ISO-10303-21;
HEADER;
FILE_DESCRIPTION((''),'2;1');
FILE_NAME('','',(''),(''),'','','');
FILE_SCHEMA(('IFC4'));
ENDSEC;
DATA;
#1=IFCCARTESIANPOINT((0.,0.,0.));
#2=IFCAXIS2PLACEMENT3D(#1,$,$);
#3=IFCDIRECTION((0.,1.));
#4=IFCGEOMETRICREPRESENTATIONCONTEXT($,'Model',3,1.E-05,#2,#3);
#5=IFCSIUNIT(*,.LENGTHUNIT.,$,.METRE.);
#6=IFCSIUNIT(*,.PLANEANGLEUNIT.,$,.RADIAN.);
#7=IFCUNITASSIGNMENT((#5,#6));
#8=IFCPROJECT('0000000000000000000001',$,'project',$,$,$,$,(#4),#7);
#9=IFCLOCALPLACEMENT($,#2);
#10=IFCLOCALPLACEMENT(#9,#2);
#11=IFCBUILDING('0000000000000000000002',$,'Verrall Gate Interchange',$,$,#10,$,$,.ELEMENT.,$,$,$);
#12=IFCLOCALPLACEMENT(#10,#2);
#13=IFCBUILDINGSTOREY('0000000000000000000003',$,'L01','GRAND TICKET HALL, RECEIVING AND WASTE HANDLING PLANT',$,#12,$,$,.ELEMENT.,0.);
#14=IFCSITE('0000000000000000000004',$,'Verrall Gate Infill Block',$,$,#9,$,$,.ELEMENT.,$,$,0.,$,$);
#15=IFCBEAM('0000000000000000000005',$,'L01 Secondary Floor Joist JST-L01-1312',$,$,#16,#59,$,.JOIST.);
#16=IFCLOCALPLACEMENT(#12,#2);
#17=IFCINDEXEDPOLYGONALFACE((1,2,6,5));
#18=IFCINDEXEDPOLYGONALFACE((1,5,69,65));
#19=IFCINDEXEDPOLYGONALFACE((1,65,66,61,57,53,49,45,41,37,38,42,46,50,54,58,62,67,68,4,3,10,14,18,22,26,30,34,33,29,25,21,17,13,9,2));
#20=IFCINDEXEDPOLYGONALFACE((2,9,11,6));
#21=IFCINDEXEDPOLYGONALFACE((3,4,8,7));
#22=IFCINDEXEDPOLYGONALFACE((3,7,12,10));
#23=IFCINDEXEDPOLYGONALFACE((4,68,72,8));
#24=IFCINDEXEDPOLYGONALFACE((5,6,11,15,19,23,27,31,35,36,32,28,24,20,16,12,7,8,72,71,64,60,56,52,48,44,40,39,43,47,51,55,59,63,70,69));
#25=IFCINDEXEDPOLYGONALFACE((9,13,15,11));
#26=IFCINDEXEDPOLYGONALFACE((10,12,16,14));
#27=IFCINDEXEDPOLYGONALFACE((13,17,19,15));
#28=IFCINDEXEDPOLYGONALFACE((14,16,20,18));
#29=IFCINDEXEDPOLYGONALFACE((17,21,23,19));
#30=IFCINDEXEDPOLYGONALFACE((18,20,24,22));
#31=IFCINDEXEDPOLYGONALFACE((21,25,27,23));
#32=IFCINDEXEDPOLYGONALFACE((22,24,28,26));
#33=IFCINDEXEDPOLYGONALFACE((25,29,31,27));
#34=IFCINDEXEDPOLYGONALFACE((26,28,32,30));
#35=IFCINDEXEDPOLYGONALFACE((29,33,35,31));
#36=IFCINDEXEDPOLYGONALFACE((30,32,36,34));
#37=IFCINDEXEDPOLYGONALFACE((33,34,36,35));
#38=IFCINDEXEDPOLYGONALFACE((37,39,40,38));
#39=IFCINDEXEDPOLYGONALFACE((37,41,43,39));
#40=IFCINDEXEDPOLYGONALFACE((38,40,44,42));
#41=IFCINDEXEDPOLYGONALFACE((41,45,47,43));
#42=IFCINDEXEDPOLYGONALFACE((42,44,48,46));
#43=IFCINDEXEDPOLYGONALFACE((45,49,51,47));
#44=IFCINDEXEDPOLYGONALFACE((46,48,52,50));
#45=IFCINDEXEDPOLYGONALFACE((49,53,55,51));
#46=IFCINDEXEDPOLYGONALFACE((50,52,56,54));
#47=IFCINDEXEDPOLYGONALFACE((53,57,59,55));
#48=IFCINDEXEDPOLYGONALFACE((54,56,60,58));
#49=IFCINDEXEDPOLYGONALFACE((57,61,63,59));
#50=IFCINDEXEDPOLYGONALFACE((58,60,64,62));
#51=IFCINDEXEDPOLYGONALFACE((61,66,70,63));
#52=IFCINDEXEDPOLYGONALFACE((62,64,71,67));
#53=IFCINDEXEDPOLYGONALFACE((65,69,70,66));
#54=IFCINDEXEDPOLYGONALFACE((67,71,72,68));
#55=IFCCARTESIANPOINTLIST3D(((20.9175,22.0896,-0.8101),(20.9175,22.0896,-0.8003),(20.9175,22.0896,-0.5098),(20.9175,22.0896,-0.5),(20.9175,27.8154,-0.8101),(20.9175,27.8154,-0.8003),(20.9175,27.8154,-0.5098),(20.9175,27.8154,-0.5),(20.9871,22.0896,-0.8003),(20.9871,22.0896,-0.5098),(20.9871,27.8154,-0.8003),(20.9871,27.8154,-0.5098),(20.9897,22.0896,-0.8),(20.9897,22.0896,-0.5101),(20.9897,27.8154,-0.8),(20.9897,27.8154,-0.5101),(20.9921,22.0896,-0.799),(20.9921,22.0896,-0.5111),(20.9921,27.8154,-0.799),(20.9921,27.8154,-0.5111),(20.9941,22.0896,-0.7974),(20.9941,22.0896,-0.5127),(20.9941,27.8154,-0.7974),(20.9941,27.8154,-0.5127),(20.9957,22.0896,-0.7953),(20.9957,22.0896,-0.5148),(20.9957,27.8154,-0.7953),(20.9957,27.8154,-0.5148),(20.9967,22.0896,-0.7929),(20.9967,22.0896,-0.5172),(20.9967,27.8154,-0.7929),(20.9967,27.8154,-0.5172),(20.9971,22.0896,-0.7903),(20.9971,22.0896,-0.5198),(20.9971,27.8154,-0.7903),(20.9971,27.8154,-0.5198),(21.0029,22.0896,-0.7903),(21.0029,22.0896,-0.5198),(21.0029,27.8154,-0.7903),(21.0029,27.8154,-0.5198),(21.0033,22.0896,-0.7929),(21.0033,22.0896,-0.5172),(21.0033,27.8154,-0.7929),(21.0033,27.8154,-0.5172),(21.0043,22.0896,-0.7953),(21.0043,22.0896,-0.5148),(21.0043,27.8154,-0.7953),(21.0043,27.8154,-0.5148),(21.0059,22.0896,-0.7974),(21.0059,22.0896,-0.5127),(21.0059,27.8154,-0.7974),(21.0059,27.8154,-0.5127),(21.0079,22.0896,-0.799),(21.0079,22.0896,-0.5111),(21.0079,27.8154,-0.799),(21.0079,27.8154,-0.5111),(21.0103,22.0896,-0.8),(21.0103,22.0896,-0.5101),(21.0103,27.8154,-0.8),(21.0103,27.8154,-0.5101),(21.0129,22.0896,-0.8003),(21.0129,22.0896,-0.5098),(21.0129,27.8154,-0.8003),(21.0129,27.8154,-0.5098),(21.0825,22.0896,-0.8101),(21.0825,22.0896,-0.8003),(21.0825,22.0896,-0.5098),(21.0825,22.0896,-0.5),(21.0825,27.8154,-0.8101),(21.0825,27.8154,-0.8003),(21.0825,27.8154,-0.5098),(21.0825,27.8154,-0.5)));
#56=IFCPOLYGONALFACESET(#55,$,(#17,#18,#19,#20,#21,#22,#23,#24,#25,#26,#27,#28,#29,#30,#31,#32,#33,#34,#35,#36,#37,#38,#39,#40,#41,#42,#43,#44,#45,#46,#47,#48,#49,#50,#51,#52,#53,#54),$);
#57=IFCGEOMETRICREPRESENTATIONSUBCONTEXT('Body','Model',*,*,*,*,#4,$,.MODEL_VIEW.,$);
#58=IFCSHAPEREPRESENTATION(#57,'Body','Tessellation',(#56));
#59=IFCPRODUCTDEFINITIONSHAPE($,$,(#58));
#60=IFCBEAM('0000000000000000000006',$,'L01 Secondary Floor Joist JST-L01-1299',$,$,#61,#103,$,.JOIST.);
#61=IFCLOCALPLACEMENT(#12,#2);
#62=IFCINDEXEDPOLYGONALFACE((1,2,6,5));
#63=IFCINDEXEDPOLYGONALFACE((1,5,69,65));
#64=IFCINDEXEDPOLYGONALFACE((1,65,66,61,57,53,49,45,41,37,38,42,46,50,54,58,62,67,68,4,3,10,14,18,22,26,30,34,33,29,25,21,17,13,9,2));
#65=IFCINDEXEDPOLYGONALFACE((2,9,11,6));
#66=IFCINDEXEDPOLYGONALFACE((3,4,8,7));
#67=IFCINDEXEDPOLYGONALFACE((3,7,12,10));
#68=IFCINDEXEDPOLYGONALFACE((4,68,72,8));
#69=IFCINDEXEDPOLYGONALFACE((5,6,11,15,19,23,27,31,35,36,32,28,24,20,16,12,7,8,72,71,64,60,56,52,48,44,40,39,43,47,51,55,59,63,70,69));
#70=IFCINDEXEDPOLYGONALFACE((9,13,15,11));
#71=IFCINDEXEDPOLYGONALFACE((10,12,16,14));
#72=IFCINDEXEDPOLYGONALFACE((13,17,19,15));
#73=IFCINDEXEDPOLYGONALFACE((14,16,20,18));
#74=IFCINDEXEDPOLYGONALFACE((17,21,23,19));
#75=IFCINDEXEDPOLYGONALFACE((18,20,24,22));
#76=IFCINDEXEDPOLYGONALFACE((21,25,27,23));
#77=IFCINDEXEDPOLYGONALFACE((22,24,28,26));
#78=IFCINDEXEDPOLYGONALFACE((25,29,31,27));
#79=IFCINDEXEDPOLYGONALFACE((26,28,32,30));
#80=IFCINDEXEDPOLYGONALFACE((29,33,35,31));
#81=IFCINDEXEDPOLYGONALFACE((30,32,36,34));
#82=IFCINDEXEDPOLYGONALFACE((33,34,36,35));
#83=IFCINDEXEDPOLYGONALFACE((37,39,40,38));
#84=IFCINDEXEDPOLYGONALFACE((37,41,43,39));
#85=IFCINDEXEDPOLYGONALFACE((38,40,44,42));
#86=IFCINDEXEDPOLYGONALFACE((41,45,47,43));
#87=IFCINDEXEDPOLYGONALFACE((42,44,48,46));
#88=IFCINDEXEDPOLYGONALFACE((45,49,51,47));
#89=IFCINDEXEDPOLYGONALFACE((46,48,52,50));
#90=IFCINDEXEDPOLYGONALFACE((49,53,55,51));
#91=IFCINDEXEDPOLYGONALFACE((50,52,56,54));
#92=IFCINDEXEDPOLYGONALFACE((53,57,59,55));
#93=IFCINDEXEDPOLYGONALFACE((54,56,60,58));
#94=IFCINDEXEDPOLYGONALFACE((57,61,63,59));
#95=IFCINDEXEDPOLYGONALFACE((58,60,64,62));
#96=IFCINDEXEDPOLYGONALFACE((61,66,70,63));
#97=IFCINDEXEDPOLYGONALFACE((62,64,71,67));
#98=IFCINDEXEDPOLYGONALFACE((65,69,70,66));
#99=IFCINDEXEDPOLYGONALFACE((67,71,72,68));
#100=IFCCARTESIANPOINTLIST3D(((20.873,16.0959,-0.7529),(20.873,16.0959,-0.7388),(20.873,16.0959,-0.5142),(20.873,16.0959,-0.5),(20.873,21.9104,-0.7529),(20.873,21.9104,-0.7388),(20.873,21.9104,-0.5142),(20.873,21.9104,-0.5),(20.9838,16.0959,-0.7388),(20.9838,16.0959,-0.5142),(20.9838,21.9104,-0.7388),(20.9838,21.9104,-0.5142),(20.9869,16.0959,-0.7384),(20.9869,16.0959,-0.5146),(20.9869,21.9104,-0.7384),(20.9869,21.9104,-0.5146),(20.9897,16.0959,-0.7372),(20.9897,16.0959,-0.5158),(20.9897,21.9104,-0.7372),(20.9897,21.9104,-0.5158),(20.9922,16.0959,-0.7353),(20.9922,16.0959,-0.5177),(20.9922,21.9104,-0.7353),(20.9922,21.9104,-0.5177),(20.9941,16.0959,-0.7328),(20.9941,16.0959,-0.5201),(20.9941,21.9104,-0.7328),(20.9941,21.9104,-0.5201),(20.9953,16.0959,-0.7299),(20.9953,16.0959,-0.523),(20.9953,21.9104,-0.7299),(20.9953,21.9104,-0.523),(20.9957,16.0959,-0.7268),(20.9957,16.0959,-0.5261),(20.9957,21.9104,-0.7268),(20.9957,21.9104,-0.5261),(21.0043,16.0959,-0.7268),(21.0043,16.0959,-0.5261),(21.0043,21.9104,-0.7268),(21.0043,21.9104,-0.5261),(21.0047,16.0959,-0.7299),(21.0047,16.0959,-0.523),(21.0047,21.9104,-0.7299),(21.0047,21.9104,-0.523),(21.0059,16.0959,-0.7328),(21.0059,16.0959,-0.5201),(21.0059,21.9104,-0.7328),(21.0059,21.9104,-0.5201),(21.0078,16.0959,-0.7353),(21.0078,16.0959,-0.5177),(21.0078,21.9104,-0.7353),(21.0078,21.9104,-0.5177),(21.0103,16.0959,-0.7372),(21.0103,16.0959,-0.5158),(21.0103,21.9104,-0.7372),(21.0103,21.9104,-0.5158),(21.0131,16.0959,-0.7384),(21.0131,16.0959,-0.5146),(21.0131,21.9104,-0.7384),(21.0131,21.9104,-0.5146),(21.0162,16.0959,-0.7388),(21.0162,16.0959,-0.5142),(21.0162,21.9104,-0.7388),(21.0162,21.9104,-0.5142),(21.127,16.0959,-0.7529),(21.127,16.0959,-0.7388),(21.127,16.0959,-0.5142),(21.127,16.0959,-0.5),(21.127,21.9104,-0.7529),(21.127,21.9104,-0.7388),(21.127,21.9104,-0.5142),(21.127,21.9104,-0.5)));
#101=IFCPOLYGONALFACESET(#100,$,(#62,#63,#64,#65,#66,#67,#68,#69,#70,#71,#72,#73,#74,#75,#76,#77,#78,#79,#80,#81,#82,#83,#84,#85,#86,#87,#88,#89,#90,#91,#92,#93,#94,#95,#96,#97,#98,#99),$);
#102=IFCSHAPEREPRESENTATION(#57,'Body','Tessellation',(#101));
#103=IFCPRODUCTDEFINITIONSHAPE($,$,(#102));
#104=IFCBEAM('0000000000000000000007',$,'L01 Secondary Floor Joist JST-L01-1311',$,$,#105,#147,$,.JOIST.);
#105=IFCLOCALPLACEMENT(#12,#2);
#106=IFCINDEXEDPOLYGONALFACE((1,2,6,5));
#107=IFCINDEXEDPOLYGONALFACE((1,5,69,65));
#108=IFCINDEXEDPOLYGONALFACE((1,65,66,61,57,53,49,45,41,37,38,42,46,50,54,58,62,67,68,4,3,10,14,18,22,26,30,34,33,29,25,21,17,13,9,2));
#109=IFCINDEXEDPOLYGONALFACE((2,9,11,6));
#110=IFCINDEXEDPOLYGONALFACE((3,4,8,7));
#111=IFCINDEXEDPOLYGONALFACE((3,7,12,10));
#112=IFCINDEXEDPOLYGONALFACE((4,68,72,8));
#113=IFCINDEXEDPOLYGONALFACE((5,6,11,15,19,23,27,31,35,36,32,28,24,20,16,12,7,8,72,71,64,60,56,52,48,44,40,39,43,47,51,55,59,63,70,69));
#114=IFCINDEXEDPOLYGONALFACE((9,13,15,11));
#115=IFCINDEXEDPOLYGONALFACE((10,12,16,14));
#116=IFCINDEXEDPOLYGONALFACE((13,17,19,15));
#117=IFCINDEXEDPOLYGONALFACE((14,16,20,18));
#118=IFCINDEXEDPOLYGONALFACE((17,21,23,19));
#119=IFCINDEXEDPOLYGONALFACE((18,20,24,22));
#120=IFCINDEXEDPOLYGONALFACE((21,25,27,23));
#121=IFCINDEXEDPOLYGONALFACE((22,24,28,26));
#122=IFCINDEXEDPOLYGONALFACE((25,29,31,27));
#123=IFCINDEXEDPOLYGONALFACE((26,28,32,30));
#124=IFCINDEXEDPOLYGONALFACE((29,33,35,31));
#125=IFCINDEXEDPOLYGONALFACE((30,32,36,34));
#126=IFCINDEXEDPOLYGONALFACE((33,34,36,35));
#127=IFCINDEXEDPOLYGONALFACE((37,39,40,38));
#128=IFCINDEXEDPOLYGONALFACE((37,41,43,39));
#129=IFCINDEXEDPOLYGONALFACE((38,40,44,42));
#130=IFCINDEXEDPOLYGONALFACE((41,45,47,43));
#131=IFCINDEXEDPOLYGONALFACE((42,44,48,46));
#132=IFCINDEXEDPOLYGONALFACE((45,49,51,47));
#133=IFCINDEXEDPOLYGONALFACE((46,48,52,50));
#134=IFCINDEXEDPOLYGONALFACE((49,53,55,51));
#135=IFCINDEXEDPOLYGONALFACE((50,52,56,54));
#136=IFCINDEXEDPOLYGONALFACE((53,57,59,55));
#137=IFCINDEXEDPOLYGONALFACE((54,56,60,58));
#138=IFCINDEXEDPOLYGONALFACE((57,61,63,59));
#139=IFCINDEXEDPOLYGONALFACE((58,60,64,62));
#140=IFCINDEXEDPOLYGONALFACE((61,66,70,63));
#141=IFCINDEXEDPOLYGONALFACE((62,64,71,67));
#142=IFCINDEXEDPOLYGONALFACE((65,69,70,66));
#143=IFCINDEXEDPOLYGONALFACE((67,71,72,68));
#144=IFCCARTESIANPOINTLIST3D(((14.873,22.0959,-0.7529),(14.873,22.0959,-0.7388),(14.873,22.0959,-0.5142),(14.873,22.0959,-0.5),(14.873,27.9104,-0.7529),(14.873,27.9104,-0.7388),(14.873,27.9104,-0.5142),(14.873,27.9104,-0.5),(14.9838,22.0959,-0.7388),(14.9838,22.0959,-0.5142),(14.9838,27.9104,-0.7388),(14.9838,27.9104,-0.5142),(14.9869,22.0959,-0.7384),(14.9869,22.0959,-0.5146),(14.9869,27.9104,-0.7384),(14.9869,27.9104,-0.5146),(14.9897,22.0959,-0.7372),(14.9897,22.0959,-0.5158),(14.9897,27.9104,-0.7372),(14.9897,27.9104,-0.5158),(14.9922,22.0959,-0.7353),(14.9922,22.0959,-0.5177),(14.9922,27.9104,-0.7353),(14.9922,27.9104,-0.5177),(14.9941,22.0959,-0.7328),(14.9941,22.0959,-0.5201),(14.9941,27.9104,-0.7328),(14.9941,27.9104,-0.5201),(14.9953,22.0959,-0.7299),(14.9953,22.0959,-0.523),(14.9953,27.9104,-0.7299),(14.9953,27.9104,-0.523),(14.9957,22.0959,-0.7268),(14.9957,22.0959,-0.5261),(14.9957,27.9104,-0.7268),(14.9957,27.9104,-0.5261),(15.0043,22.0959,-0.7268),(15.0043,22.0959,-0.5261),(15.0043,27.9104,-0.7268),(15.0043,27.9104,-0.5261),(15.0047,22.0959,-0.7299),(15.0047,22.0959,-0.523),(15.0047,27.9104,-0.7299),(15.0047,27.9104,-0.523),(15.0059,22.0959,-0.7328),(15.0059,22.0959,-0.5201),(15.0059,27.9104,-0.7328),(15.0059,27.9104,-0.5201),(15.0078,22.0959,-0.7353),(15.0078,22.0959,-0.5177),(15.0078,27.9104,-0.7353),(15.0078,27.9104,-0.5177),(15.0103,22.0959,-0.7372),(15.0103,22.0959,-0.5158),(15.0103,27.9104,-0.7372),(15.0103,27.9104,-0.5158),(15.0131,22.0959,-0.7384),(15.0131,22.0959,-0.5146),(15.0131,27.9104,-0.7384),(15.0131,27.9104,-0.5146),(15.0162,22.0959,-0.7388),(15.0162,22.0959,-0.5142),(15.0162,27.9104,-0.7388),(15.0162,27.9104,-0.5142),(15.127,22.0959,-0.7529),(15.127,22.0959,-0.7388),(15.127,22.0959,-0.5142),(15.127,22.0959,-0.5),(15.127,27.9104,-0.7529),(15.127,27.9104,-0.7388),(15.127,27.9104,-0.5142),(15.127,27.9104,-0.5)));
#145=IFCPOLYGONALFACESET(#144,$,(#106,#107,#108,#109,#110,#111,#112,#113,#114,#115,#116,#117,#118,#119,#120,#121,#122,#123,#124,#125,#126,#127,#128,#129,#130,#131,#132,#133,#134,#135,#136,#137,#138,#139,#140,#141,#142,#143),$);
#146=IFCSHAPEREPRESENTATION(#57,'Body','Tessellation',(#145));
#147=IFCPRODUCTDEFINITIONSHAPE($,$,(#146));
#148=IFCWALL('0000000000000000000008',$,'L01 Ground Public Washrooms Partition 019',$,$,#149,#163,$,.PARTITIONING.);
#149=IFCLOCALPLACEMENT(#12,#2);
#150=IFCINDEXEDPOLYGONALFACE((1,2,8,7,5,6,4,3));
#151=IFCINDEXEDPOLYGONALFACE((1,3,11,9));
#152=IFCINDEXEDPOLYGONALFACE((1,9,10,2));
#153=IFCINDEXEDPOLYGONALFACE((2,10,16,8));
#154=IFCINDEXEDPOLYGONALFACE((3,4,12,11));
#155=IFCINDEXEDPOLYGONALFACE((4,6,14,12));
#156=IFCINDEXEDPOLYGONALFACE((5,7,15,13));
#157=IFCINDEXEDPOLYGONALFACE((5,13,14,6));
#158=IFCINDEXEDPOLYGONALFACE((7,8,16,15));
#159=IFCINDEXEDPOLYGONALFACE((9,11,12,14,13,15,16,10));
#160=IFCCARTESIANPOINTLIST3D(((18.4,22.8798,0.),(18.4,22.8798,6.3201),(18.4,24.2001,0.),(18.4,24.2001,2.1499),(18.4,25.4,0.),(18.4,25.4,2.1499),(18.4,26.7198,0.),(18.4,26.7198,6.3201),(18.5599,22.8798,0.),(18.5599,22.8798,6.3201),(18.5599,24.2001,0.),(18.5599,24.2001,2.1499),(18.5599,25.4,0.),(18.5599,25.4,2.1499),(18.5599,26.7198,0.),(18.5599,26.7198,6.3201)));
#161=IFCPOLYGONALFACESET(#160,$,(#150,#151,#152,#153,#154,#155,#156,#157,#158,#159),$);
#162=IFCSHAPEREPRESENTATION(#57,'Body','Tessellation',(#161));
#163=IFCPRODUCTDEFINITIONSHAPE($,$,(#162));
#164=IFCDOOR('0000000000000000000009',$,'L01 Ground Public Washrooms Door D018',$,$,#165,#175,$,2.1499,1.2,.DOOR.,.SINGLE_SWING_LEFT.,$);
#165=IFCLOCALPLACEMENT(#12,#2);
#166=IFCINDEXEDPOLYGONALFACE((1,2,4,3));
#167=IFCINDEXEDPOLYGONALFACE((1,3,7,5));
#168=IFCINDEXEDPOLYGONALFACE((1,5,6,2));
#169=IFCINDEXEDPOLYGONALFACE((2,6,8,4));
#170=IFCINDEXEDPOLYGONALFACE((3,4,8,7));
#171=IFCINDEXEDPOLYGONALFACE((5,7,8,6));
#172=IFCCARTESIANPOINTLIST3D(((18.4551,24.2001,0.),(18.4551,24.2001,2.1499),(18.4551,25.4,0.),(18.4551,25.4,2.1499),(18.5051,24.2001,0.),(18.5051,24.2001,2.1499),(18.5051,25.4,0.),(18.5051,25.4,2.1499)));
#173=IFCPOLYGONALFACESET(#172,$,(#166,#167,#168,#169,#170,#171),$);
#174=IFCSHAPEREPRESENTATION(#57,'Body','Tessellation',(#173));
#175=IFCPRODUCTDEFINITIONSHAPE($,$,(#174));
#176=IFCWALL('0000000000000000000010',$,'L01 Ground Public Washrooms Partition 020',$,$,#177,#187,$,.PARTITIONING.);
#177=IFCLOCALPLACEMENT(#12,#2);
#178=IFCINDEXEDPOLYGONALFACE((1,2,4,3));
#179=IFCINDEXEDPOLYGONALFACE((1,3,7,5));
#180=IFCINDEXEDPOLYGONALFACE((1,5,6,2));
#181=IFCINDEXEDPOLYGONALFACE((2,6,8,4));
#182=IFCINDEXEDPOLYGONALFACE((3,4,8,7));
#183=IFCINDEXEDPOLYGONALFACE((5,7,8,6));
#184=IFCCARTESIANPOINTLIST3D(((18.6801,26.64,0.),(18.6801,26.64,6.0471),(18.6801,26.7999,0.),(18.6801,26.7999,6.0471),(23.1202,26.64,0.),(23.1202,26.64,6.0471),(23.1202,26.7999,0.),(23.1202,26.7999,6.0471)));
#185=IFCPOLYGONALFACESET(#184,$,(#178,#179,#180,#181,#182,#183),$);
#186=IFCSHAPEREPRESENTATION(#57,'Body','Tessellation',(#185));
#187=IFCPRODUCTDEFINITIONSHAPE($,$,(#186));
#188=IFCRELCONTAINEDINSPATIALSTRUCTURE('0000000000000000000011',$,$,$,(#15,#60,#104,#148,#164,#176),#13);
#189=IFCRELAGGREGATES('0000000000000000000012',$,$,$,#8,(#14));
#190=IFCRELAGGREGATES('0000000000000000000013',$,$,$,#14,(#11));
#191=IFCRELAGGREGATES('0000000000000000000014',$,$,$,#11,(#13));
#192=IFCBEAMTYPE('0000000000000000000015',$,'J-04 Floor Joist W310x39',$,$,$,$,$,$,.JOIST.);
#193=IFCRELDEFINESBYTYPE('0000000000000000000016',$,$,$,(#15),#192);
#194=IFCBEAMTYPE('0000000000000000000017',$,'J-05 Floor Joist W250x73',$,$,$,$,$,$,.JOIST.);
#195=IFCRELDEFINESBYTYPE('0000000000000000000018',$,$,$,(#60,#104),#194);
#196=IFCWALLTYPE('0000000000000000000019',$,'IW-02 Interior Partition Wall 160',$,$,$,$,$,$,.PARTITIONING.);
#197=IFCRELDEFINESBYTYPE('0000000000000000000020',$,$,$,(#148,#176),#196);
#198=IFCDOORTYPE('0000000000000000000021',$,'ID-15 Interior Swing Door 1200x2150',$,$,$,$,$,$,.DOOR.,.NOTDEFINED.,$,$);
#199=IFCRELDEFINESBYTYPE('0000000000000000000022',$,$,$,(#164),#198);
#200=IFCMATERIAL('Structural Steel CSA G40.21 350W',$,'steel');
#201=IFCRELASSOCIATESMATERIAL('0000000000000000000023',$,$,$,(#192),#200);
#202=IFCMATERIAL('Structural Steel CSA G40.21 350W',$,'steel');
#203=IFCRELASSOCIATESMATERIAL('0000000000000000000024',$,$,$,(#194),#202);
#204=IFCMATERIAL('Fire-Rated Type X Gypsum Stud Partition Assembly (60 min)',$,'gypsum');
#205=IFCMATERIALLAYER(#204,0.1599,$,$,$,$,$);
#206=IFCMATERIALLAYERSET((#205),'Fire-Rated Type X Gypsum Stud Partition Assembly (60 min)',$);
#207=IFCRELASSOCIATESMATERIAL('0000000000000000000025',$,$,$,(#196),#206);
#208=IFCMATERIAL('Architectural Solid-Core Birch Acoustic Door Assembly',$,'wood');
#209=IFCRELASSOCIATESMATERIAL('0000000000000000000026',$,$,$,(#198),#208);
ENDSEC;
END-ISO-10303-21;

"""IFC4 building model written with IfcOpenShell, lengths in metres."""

from ifc_helpers import new_model, si_unit, direction, frame, frame_2d, origin, origin_2d, place, context, subcontext, project, spatial, rectangle, i_section, extrude, material, layer, layer_set, material_profile, profile_set, type_object, element, fill, save


model = new_model("IFC4")

# Units and contexts
model_context = context("Model", 3, precision=1e-05, world=origin(), true_north=direction((0.0, 1.0)))
body_context = subcontext(model_context, "Body", "Model", "MODEL_VIEW")
ifc_project = project(units=[si_unit("LENGTHUNIT", "METRE"), si_unit("PLANEANGLEUNIT", "RADIAN")], contexts=[model_context])

# Site, building, storey
site_placement = place(None, origin())
site = spatial("IfcSite", under=ifc_project, at=site_placement, Name="Verrall Gate Infill Block", CompositionType="ELEMENT", RefElevation=0.0)
building_placement = place(site_placement, origin())
building = spatial("IfcBuilding", under=site, at=building_placement, Name="Verrall Gate Interchange", CompositionType="ELEMENT")
storey_placement = place(building_placement, origin())
storey = spatial("IfcBuildingStorey", under=building, at=storey_placement, Name="L01", Description="GRAND TICKET HALL, RECEIVING AND WASTE HANDLING PLANT", CompositionType="ELEMENT", Elevation=0.0)

# Beams
ifc_material_1 = material(Name="Structural Steel CSA G40.21 350W", Category="steel")
ifc_material_profile_1 = material_profile(ifc_material_1, i_section(OverallWidth=0.165, OverallDepth=0.3101, WebThickness=0.0059, FlangeThickness=0.0098, FilletRadius=0.01, at=origin_2d()), Name="W310x39")
ifc_profile_set_1 = profile_set([ifc_material_profile_1], Name="Structural Steel CSA G40.21 350W")
beam_type_1 = type_object("IfcBeamType", Name="J-04 Floor Joist W310x39", PredefinedType="JOIST", material=ifc_profile_set_1)
beam_1_placement = place(storey_placement, frame((21.0, 22.0896, -0.655), z_axis=(0.0, 1.0, 0.0), x_axis=(-1.0, 0.0, 0.0)))
element("IfcBeam", 1, at=beam_1_placement, inside=storey, type_object=beam_type_1, Name="L01 Secondary Floor Joist JST-L01-1312", PredefinedType="JOIST", context=body_context, shape_type="SweptSolid", body=[
    extrude(i_section(OverallWidth=0.165, OverallDepth=0.3101, WebThickness=0.0059, FlangeThickness=0.0098, FilletRadius=0.01, at=origin_2d()), origin(), (0.0, 0.0, 1.0), 5.7258),
])
ifc_material_2 = material(Name="Structural Steel CSA G40.21 350W", Category="steel")
ifc_material_profile_2 = material_profile(ifc_material_2, i_section(OverallWidth=0.2539, OverallDepth=0.2529, WebThickness=0.0085, FlangeThickness=0.0142, FilletRadius=0.012, at=origin_2d()), Name="W250x73")
ifc_profile_set_2 = profile_set([ifc_material_profile_2], Name="Structural Steel CSA G40.21 350W")
beam_type_2 = type_object("IfcBeamType", Name="J-05 Floor Joist W250x73", PredefinedType="JOIST", material=ifc_profile_set_2)
for number, where, z_axis, x_axis, name in (
    (2, (21.0, 16.0959, -0.6265), (0.0, 1.0, 0.0), (-1.0, 0.0, 0.0), "L01 Secondary Floor Joist JST-L01-1299"),
    (3, (15.0, 22.0959, -0.6265), (0.0, 1.0, 0.0), (-1.0, 0.0, 0.0), "L01 Secondary Floor Joist JST-L01-1311"),
):
    element("IfcBeam", number, at=place(storey_placement, frame(where, z_axis=z_axis, x_axis=x_axis)), inside=storey, type_object=beam_type_2, Name=name, PredefinedType="JOIST", context=body_context, shape_type="SweptSolid", body=[
        extrude(i_section(OverallWidth=0.2539, OverallDepth=0.2529, WebThickness=0.0085, FlangeThickness=0.0142, FilletRadius=0.012, at=origin_2d()), origin(), (0.0, 0.0, 1.0), 5.8145),
    ])

# Wall, opening, door
ifc_material_3 = material(Name="Fire-Rated Type X Gypsum Stud Partition Assembly (60 min)", Category="gypsum")
ifc_layer_1 = layer(ifc_material_3, 0.1599)
ifc_layer_set_1 = layer_set([ifc_layer_1], Name="Fire-Rated Type X Gypsum Stud Partition Assembly (60 min)")
wall_type_1 = type_object("IfcWallType", Name="IW-02 Interior Partition Wall 160", PredefinedType="PARTITIONING", material=ifc_layer_set_1)
wall_1_placement = place(storey_placement, frame((18.48, 22.8799, 0.0), z_axis=(0.0, 0.0, 1.0), x_axis=(0.0, 1.0, 0.0)))
wall_1 = element("IfcWall", 4, at=wall_1_placement, inside=storey, type_object=wall_type_1, Name="L01 Ground Public Washrooms Partition 019", PredefinedType="PARTITIONING", context=body_context, shape_type="SweptSolid", body=[
    extrude(rectangle(XDim=3.8401, YDim=0.1599, at=frame_2d((1.9199, 0.0))), origin(), (0.0, 0.0, 1.0), 6.3201),
])
opening_placement = place(wall_1_placement, frame((1.3201, 0.0, 0.0)))
opening = element("IfcOpeningElement", 5, at=opening_placement, cuts=wall_1, PredefinedType="OPENING", context=body_context, shape_type="SweptSolid", body=[
    extrude(rectangle(XDim=1.2, YDim=2.1499, at=frame_2d((0.6001, 1.075))), frame((0.0, 0.0947, 0.0), z_axis=(0.0, -1.0, 0.0), x_axis=(1.0, 0.0, 0.0)), (0.0, 0.0, 1.0), 0.1897),
])
ifc_material_4 = material(Name="Architectural Solid-Core Birch Acoustic Door Assembly", Category="wood")
door_type = type_object("IfcDoorType", Name="ID-15 Interior Swing Door 1200x2150", OperationType="NOTDEFINED", PredefinedType="DOOR", material=ifc_material_4)
door_placement = place(opening_placement, origin())
door = element("IfcDoor", 6, at=door_placement, inside=storey, type_object=door_type, Name="L01 Ground Public Washrooms Door D018", OperationType="SINGLE_SWING_LEFT", OverallHeight=2.1499, OverallWidth=1.2, PredefinedType="DOOR", context=body_context, shape_type="SweptSolid", body=[
    extrude(rectangle(XDim=1.2, YDim=2.1499, at=frame_2d((0.6001, 1.075))), frame((0.0, 0.0249, 0.0), z_axis=(0.0, -1.0, 0.0), x_axis=(1.0, 0.0, 0.0)), (0.0, 0.0, 1.0), 0.05),
])
fill(opening, door)

# Wall
for number, where, z_axis, x_axis, name in (
    (7, (18.6799, 26.72, 0.0), (0.0, 0.0, 1.0), (1.0, 0.0, 0.0), "L01 Ground Public Washrooms Partition 020"),
):
    element("IfcWall", number, at=place(storey_placement, frame(where, z_axis=z_axis, x_axis=x_axis)), inside=storey, type_object=wall_type_1, Name=name, PredefinedType="PARTITIONING", context=body_context, shape_type="SweptSolid", body=[
        extrude(rectangle(XDim=4.4402, YDim=0.1599, at=frame_2d((2.2202, 0.0))), origin(), (0.0, 0.0, 1.0), 6.0471),
    ])

save(model, "model.ifc")
